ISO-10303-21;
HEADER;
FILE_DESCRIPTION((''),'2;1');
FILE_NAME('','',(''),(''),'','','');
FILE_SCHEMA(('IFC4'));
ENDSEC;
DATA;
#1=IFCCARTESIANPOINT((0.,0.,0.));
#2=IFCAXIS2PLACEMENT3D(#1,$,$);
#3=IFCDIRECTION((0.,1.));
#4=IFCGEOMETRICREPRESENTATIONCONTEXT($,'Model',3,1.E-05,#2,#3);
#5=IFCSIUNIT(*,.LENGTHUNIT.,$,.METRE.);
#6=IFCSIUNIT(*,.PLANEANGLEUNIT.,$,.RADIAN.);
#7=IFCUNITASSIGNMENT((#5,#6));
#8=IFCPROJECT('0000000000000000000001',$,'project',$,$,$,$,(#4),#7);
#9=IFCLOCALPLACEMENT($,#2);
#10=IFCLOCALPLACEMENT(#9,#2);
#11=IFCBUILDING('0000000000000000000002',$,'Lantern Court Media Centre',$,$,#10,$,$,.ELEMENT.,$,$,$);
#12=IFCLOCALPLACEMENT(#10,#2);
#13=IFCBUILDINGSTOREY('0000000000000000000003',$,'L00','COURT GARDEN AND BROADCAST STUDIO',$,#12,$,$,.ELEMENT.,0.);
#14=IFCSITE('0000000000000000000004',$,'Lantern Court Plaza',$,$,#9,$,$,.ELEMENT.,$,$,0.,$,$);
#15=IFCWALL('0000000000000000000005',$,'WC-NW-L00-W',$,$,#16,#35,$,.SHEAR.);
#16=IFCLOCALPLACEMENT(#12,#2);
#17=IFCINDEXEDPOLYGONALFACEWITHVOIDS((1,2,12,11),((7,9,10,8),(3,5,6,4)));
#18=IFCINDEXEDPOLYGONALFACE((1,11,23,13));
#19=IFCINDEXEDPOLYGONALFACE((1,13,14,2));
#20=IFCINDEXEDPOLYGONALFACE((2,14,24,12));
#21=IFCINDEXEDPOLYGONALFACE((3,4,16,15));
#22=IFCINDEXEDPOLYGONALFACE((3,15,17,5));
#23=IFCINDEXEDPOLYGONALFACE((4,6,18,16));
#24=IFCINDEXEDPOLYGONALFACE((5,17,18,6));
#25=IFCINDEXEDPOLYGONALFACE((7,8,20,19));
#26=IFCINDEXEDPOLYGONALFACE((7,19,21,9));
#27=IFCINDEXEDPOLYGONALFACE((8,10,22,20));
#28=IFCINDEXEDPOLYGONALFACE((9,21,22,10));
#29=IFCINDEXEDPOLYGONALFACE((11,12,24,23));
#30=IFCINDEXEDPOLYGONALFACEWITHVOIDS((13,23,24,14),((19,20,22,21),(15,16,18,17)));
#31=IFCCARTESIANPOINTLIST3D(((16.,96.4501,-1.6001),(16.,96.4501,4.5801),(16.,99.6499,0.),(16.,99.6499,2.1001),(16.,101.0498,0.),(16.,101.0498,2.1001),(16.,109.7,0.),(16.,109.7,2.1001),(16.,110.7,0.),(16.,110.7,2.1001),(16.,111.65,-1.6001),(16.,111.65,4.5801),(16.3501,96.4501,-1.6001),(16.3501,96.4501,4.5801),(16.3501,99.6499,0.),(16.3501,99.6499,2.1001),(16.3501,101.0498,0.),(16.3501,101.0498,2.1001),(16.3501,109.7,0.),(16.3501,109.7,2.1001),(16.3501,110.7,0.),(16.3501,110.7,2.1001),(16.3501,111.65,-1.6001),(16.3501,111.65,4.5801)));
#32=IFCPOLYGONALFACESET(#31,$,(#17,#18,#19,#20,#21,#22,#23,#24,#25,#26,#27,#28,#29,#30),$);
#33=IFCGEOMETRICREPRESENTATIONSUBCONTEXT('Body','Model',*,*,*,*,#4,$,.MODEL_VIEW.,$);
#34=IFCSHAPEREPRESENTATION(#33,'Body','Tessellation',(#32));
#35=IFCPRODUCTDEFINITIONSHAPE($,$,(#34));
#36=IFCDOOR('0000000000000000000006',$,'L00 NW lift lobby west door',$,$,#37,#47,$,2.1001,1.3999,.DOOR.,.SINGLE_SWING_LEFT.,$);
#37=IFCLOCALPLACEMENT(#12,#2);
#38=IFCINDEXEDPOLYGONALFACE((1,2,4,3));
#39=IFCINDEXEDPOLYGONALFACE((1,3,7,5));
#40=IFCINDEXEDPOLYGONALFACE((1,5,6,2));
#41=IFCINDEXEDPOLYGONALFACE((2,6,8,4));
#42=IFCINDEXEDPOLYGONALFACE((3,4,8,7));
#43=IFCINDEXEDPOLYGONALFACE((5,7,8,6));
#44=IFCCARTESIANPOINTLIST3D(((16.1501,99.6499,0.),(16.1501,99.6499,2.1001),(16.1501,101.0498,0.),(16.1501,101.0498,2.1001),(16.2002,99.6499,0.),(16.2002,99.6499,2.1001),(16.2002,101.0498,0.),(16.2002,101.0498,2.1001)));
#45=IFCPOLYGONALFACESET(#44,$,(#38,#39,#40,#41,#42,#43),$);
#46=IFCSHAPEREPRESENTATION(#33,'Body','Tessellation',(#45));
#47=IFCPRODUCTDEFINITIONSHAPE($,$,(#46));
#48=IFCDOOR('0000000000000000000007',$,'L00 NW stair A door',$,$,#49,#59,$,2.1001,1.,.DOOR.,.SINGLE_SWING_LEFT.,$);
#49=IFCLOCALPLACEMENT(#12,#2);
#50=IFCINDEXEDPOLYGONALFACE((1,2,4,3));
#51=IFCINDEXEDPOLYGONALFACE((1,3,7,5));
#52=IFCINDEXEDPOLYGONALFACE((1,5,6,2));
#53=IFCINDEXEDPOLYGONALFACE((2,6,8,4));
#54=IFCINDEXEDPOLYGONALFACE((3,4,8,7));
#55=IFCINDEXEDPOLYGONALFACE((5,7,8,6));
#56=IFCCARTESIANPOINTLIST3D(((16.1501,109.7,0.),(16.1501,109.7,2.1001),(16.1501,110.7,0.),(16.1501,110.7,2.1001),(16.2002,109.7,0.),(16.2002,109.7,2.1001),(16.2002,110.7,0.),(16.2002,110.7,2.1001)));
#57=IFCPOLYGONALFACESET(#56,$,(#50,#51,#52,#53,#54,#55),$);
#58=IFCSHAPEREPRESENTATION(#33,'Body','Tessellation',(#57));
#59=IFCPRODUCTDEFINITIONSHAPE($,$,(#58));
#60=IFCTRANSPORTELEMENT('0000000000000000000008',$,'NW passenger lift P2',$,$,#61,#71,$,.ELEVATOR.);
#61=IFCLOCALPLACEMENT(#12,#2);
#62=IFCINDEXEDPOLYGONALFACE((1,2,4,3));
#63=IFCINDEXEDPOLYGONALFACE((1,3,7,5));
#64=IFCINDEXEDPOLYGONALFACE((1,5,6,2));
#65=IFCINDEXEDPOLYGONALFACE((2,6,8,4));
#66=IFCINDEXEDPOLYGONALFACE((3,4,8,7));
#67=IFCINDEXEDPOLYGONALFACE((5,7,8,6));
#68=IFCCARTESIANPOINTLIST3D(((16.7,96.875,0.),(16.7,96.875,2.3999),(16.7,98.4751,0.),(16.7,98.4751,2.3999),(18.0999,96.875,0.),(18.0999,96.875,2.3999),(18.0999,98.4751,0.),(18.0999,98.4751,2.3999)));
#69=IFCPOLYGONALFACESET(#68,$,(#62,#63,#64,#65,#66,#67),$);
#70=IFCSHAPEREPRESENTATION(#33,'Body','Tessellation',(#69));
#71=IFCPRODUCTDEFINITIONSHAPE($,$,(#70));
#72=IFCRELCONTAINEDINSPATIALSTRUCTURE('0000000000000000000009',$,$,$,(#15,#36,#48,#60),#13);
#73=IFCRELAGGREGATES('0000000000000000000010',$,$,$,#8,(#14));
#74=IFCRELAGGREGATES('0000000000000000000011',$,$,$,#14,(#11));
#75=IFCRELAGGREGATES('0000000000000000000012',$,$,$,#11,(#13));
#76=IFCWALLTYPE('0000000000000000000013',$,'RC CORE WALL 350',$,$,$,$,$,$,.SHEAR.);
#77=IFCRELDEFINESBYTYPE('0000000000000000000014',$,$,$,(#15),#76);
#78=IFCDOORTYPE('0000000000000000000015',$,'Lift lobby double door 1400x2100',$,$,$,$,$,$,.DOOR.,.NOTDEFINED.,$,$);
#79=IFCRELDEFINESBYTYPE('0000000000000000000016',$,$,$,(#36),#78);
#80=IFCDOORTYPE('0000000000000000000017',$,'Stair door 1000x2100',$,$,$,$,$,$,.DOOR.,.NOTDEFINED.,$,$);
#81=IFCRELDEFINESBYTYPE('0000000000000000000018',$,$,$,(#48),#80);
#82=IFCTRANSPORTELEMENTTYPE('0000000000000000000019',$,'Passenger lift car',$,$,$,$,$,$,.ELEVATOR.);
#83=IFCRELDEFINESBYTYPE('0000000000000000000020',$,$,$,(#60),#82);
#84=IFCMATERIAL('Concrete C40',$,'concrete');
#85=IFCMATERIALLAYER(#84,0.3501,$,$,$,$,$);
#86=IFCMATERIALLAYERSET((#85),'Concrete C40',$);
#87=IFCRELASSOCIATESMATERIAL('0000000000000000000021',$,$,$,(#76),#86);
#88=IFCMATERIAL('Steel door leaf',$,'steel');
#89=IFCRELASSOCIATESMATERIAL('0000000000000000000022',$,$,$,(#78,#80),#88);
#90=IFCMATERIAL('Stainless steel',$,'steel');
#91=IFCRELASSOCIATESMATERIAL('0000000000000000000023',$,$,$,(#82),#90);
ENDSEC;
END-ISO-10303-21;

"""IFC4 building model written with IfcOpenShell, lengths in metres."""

from ifc_helpers import new_model, si_unit, direction, frame, frame_2d, origin, origin_2d, place, context, subcontext, project, spatial, rectangle, extrude, material, layer, layer_set, type_object, element, fill, save


model = new_model("IFC4")

# Units and contexts
model_context = context("Model", 3, precision=1e-05, world=origin(), true_north=direction((0.0, 1.0)))
body_context = subcontext(model_context, "Body", "Model", "MODEL_VIEW")
ifc_project = project(units=[si_unit("LENGTHUNIT", "METRE"), si_unit("PLANEANGLEUNIT", "RADIAN")], contexts=[model_context])

# Site, building, storey
site_placement = place(None, origin())
site = spatial("IfcSite", under=ifc_project, at=site_placement, Name="Lantern Court Plaza", CompositionType="ELEMENT", RefElevation=0.0)
building_placement = place(site_placement, origin())
building = spatial("IfcBuilding", under=site, at=building_placement, Name="Lantern Court Media Centre", CompositionType="ELEMENT")
storey_placement = place(building_placement, origin())
storey = spatial("IfcBuildingStorey", under=building, at=storey_placement, Name="L00", Description="COURT GARDEN AND BROADCAST STUDIO", CompositionType="ELEMENT", Elevation=0.0)

# Shared definitions
ifc_material_1 = material(Name="Concrete C40", Category="concrete")
ifc_layer_1 = layer(ifc_material_1, 0.3501)
ifc_layer_set_1 = layer_set([ifc_layer_1], Name="Concrete C40")
wall_type_1 = type_object("IfcWallType", Name="RC CORE WALL 350", PredefinedType="SHEAR", material=ifc_layer_set_1)

# Wall, openings, doors
wall_1_placement = place(storey_placement, frame((16.175, 96.45, -1.6001), z_axis=(0.0, 0.0, 1.0), x_axis=(0.0, 1.0, 0.0)))
wall_1 = element("IfcWall", 1, at=wall_1_placement, inside=storey, type_object=wall_type_1, Name="WC-NW-L00-W", PredefinedType="SHEAR", context=body_context, shape_type="SweptSolid", body=[
    extrude(rectangle(XDim=15.2, YDim=0.3501, at=frame_2d((7.6001, 0.0))), origin(), (0.0, 0.0, 1.0), 6.1802),
])
opening_1_placement = place(wall_1_placement, frame((13.25, 0.0, 1.6001)))
opening_1 = element("IfcOpeningElement", 2, at=opening_1_placement, cuts=wall_1, PredefinedType="OPENING", context=body_context, shape_type="SweptSolid", body=[
    extrude(rectangle(XDim=1.0, YDim=2.1001, at=frame_2d((0.5, 1.05))), frame((0.0, 0.1851, 0.0), z_axis=(0.0, -1.0, 0.0), x_axis=(1.0, 0.0, 0.0)), (0.0, 0.0, 1.0), 0.3701),
])
opening_2_placement = place(wall_1_placement, frame((3.2, 0.0, 1.6001)))
opening_2 = element("IfcOpeningElement", 3, at=opening_2_placement, cuts=wall_1, PredefinedType="OPENING", context=body_context, shape_type="SweptSolid", body=[
    extrude(rectangle(XDim=1.3999, YDim=2.1001, at=frame_2d((0.7, 1.05))), frame((0.0, 0.1851, 0.0), z_axis=(0.0, -1.0, 0.0), x_axis=(1.0, 0.0, 0.0)), (0.0, 0.0, 1.0), 0.3701),
])
ifc_material_2 = material(Name="Steel door leaf", Category="steel")
door_type_1 = type_object("IfcDoorType", Name="Lift lobby double door 1400x2100", OperationType="NOTDEFINED", PredefinedType="DOOR", material=ifc_material_2)
door_1_placement = place(opening_2_placement, origin())
door_1 = element("IfcDoor", 4, at=door_1_placement, inside=storey, type_object=door_type_1, Name="L00 NW lift lobby west door", OperationType="SINGLE_SWING_LEFT", OverallHeight=2.1001, OverallWidth=1.3999, PredefinedType="DOOR", context=body_context, shape_type="SweptSolid", body=[
    extrude(rectangle(XDim=1.3999, YDim=2.1001, at=frame_2d((0.7, 1.05))), frame((0.0, 0.0249, 0.0), z_axis=(0.0, -1.0, 0.0), x_axis=(1.0, 0.0, 0.0)), (0.0, 0.0, 1.0), 0.05),
])
fill(opening_2, door_1)
door_type_2 = type_object("IfcDoorType", Name="Stair door 1000x2100", OperationType="NOTDEFINED", PredefinedType="DOOR", material=ifc_material_2)
door_2_placement = place(opening_1_placement, origin())
door_2 = element("IfcDoor", 5, at=door_2_placement, inside=storey, type_object=door_type_2, Name="L00 NW stair A door", OperationType="SINGLE_SWING_LEFT", OverallHeight=2.1001, OverallWidth=1.0, PredefinedType="DOOR", context=body_context, shape_type="SweptSolid", body=[
    extrude(rectangle(XDim=1.0, YDim=2.1001, at=frame_2d((0.5, 1.05))), frame((0.0, 0.0249, 0.0), z_axis=(0.0, -1.0, 0.0), x_axis=(1.0, 0.0, 0.0)), (0.0, 0.0, 1.0), 0.05),
])
fill(opening_1, door_2)

# Transport element
ifc_material_3 = material(Name="Stainless steel", Category="steel")
transport_element_type = type_object("IfcTransportElementType", Name="Passenger lift car", PredefinedType="ELEVATOR", material=ifc_material_3)
transport_element_placement = place(storey_placement, frame((17.3999, 97.675, 0.0), z_axis=(0.0, 0.0, 1.0), x_axis=(1.0, 0.0, 0.0)))
element("IfcTransportElement", 6, at=transport_element_placement, inside=storey, type_object=transport_element_type, Name="NW passenger lift P2", PredefinedType="ELEVATOR", context=body_context, shape_type="SweptSolid", body=[
    extrude(rectangle(XDim=1.3999, YDim=1.6001, at=origin_2d()), origin(), (0.0, 0.0, 1.0), 2.3999),
])

save(model, "model.ifc")
